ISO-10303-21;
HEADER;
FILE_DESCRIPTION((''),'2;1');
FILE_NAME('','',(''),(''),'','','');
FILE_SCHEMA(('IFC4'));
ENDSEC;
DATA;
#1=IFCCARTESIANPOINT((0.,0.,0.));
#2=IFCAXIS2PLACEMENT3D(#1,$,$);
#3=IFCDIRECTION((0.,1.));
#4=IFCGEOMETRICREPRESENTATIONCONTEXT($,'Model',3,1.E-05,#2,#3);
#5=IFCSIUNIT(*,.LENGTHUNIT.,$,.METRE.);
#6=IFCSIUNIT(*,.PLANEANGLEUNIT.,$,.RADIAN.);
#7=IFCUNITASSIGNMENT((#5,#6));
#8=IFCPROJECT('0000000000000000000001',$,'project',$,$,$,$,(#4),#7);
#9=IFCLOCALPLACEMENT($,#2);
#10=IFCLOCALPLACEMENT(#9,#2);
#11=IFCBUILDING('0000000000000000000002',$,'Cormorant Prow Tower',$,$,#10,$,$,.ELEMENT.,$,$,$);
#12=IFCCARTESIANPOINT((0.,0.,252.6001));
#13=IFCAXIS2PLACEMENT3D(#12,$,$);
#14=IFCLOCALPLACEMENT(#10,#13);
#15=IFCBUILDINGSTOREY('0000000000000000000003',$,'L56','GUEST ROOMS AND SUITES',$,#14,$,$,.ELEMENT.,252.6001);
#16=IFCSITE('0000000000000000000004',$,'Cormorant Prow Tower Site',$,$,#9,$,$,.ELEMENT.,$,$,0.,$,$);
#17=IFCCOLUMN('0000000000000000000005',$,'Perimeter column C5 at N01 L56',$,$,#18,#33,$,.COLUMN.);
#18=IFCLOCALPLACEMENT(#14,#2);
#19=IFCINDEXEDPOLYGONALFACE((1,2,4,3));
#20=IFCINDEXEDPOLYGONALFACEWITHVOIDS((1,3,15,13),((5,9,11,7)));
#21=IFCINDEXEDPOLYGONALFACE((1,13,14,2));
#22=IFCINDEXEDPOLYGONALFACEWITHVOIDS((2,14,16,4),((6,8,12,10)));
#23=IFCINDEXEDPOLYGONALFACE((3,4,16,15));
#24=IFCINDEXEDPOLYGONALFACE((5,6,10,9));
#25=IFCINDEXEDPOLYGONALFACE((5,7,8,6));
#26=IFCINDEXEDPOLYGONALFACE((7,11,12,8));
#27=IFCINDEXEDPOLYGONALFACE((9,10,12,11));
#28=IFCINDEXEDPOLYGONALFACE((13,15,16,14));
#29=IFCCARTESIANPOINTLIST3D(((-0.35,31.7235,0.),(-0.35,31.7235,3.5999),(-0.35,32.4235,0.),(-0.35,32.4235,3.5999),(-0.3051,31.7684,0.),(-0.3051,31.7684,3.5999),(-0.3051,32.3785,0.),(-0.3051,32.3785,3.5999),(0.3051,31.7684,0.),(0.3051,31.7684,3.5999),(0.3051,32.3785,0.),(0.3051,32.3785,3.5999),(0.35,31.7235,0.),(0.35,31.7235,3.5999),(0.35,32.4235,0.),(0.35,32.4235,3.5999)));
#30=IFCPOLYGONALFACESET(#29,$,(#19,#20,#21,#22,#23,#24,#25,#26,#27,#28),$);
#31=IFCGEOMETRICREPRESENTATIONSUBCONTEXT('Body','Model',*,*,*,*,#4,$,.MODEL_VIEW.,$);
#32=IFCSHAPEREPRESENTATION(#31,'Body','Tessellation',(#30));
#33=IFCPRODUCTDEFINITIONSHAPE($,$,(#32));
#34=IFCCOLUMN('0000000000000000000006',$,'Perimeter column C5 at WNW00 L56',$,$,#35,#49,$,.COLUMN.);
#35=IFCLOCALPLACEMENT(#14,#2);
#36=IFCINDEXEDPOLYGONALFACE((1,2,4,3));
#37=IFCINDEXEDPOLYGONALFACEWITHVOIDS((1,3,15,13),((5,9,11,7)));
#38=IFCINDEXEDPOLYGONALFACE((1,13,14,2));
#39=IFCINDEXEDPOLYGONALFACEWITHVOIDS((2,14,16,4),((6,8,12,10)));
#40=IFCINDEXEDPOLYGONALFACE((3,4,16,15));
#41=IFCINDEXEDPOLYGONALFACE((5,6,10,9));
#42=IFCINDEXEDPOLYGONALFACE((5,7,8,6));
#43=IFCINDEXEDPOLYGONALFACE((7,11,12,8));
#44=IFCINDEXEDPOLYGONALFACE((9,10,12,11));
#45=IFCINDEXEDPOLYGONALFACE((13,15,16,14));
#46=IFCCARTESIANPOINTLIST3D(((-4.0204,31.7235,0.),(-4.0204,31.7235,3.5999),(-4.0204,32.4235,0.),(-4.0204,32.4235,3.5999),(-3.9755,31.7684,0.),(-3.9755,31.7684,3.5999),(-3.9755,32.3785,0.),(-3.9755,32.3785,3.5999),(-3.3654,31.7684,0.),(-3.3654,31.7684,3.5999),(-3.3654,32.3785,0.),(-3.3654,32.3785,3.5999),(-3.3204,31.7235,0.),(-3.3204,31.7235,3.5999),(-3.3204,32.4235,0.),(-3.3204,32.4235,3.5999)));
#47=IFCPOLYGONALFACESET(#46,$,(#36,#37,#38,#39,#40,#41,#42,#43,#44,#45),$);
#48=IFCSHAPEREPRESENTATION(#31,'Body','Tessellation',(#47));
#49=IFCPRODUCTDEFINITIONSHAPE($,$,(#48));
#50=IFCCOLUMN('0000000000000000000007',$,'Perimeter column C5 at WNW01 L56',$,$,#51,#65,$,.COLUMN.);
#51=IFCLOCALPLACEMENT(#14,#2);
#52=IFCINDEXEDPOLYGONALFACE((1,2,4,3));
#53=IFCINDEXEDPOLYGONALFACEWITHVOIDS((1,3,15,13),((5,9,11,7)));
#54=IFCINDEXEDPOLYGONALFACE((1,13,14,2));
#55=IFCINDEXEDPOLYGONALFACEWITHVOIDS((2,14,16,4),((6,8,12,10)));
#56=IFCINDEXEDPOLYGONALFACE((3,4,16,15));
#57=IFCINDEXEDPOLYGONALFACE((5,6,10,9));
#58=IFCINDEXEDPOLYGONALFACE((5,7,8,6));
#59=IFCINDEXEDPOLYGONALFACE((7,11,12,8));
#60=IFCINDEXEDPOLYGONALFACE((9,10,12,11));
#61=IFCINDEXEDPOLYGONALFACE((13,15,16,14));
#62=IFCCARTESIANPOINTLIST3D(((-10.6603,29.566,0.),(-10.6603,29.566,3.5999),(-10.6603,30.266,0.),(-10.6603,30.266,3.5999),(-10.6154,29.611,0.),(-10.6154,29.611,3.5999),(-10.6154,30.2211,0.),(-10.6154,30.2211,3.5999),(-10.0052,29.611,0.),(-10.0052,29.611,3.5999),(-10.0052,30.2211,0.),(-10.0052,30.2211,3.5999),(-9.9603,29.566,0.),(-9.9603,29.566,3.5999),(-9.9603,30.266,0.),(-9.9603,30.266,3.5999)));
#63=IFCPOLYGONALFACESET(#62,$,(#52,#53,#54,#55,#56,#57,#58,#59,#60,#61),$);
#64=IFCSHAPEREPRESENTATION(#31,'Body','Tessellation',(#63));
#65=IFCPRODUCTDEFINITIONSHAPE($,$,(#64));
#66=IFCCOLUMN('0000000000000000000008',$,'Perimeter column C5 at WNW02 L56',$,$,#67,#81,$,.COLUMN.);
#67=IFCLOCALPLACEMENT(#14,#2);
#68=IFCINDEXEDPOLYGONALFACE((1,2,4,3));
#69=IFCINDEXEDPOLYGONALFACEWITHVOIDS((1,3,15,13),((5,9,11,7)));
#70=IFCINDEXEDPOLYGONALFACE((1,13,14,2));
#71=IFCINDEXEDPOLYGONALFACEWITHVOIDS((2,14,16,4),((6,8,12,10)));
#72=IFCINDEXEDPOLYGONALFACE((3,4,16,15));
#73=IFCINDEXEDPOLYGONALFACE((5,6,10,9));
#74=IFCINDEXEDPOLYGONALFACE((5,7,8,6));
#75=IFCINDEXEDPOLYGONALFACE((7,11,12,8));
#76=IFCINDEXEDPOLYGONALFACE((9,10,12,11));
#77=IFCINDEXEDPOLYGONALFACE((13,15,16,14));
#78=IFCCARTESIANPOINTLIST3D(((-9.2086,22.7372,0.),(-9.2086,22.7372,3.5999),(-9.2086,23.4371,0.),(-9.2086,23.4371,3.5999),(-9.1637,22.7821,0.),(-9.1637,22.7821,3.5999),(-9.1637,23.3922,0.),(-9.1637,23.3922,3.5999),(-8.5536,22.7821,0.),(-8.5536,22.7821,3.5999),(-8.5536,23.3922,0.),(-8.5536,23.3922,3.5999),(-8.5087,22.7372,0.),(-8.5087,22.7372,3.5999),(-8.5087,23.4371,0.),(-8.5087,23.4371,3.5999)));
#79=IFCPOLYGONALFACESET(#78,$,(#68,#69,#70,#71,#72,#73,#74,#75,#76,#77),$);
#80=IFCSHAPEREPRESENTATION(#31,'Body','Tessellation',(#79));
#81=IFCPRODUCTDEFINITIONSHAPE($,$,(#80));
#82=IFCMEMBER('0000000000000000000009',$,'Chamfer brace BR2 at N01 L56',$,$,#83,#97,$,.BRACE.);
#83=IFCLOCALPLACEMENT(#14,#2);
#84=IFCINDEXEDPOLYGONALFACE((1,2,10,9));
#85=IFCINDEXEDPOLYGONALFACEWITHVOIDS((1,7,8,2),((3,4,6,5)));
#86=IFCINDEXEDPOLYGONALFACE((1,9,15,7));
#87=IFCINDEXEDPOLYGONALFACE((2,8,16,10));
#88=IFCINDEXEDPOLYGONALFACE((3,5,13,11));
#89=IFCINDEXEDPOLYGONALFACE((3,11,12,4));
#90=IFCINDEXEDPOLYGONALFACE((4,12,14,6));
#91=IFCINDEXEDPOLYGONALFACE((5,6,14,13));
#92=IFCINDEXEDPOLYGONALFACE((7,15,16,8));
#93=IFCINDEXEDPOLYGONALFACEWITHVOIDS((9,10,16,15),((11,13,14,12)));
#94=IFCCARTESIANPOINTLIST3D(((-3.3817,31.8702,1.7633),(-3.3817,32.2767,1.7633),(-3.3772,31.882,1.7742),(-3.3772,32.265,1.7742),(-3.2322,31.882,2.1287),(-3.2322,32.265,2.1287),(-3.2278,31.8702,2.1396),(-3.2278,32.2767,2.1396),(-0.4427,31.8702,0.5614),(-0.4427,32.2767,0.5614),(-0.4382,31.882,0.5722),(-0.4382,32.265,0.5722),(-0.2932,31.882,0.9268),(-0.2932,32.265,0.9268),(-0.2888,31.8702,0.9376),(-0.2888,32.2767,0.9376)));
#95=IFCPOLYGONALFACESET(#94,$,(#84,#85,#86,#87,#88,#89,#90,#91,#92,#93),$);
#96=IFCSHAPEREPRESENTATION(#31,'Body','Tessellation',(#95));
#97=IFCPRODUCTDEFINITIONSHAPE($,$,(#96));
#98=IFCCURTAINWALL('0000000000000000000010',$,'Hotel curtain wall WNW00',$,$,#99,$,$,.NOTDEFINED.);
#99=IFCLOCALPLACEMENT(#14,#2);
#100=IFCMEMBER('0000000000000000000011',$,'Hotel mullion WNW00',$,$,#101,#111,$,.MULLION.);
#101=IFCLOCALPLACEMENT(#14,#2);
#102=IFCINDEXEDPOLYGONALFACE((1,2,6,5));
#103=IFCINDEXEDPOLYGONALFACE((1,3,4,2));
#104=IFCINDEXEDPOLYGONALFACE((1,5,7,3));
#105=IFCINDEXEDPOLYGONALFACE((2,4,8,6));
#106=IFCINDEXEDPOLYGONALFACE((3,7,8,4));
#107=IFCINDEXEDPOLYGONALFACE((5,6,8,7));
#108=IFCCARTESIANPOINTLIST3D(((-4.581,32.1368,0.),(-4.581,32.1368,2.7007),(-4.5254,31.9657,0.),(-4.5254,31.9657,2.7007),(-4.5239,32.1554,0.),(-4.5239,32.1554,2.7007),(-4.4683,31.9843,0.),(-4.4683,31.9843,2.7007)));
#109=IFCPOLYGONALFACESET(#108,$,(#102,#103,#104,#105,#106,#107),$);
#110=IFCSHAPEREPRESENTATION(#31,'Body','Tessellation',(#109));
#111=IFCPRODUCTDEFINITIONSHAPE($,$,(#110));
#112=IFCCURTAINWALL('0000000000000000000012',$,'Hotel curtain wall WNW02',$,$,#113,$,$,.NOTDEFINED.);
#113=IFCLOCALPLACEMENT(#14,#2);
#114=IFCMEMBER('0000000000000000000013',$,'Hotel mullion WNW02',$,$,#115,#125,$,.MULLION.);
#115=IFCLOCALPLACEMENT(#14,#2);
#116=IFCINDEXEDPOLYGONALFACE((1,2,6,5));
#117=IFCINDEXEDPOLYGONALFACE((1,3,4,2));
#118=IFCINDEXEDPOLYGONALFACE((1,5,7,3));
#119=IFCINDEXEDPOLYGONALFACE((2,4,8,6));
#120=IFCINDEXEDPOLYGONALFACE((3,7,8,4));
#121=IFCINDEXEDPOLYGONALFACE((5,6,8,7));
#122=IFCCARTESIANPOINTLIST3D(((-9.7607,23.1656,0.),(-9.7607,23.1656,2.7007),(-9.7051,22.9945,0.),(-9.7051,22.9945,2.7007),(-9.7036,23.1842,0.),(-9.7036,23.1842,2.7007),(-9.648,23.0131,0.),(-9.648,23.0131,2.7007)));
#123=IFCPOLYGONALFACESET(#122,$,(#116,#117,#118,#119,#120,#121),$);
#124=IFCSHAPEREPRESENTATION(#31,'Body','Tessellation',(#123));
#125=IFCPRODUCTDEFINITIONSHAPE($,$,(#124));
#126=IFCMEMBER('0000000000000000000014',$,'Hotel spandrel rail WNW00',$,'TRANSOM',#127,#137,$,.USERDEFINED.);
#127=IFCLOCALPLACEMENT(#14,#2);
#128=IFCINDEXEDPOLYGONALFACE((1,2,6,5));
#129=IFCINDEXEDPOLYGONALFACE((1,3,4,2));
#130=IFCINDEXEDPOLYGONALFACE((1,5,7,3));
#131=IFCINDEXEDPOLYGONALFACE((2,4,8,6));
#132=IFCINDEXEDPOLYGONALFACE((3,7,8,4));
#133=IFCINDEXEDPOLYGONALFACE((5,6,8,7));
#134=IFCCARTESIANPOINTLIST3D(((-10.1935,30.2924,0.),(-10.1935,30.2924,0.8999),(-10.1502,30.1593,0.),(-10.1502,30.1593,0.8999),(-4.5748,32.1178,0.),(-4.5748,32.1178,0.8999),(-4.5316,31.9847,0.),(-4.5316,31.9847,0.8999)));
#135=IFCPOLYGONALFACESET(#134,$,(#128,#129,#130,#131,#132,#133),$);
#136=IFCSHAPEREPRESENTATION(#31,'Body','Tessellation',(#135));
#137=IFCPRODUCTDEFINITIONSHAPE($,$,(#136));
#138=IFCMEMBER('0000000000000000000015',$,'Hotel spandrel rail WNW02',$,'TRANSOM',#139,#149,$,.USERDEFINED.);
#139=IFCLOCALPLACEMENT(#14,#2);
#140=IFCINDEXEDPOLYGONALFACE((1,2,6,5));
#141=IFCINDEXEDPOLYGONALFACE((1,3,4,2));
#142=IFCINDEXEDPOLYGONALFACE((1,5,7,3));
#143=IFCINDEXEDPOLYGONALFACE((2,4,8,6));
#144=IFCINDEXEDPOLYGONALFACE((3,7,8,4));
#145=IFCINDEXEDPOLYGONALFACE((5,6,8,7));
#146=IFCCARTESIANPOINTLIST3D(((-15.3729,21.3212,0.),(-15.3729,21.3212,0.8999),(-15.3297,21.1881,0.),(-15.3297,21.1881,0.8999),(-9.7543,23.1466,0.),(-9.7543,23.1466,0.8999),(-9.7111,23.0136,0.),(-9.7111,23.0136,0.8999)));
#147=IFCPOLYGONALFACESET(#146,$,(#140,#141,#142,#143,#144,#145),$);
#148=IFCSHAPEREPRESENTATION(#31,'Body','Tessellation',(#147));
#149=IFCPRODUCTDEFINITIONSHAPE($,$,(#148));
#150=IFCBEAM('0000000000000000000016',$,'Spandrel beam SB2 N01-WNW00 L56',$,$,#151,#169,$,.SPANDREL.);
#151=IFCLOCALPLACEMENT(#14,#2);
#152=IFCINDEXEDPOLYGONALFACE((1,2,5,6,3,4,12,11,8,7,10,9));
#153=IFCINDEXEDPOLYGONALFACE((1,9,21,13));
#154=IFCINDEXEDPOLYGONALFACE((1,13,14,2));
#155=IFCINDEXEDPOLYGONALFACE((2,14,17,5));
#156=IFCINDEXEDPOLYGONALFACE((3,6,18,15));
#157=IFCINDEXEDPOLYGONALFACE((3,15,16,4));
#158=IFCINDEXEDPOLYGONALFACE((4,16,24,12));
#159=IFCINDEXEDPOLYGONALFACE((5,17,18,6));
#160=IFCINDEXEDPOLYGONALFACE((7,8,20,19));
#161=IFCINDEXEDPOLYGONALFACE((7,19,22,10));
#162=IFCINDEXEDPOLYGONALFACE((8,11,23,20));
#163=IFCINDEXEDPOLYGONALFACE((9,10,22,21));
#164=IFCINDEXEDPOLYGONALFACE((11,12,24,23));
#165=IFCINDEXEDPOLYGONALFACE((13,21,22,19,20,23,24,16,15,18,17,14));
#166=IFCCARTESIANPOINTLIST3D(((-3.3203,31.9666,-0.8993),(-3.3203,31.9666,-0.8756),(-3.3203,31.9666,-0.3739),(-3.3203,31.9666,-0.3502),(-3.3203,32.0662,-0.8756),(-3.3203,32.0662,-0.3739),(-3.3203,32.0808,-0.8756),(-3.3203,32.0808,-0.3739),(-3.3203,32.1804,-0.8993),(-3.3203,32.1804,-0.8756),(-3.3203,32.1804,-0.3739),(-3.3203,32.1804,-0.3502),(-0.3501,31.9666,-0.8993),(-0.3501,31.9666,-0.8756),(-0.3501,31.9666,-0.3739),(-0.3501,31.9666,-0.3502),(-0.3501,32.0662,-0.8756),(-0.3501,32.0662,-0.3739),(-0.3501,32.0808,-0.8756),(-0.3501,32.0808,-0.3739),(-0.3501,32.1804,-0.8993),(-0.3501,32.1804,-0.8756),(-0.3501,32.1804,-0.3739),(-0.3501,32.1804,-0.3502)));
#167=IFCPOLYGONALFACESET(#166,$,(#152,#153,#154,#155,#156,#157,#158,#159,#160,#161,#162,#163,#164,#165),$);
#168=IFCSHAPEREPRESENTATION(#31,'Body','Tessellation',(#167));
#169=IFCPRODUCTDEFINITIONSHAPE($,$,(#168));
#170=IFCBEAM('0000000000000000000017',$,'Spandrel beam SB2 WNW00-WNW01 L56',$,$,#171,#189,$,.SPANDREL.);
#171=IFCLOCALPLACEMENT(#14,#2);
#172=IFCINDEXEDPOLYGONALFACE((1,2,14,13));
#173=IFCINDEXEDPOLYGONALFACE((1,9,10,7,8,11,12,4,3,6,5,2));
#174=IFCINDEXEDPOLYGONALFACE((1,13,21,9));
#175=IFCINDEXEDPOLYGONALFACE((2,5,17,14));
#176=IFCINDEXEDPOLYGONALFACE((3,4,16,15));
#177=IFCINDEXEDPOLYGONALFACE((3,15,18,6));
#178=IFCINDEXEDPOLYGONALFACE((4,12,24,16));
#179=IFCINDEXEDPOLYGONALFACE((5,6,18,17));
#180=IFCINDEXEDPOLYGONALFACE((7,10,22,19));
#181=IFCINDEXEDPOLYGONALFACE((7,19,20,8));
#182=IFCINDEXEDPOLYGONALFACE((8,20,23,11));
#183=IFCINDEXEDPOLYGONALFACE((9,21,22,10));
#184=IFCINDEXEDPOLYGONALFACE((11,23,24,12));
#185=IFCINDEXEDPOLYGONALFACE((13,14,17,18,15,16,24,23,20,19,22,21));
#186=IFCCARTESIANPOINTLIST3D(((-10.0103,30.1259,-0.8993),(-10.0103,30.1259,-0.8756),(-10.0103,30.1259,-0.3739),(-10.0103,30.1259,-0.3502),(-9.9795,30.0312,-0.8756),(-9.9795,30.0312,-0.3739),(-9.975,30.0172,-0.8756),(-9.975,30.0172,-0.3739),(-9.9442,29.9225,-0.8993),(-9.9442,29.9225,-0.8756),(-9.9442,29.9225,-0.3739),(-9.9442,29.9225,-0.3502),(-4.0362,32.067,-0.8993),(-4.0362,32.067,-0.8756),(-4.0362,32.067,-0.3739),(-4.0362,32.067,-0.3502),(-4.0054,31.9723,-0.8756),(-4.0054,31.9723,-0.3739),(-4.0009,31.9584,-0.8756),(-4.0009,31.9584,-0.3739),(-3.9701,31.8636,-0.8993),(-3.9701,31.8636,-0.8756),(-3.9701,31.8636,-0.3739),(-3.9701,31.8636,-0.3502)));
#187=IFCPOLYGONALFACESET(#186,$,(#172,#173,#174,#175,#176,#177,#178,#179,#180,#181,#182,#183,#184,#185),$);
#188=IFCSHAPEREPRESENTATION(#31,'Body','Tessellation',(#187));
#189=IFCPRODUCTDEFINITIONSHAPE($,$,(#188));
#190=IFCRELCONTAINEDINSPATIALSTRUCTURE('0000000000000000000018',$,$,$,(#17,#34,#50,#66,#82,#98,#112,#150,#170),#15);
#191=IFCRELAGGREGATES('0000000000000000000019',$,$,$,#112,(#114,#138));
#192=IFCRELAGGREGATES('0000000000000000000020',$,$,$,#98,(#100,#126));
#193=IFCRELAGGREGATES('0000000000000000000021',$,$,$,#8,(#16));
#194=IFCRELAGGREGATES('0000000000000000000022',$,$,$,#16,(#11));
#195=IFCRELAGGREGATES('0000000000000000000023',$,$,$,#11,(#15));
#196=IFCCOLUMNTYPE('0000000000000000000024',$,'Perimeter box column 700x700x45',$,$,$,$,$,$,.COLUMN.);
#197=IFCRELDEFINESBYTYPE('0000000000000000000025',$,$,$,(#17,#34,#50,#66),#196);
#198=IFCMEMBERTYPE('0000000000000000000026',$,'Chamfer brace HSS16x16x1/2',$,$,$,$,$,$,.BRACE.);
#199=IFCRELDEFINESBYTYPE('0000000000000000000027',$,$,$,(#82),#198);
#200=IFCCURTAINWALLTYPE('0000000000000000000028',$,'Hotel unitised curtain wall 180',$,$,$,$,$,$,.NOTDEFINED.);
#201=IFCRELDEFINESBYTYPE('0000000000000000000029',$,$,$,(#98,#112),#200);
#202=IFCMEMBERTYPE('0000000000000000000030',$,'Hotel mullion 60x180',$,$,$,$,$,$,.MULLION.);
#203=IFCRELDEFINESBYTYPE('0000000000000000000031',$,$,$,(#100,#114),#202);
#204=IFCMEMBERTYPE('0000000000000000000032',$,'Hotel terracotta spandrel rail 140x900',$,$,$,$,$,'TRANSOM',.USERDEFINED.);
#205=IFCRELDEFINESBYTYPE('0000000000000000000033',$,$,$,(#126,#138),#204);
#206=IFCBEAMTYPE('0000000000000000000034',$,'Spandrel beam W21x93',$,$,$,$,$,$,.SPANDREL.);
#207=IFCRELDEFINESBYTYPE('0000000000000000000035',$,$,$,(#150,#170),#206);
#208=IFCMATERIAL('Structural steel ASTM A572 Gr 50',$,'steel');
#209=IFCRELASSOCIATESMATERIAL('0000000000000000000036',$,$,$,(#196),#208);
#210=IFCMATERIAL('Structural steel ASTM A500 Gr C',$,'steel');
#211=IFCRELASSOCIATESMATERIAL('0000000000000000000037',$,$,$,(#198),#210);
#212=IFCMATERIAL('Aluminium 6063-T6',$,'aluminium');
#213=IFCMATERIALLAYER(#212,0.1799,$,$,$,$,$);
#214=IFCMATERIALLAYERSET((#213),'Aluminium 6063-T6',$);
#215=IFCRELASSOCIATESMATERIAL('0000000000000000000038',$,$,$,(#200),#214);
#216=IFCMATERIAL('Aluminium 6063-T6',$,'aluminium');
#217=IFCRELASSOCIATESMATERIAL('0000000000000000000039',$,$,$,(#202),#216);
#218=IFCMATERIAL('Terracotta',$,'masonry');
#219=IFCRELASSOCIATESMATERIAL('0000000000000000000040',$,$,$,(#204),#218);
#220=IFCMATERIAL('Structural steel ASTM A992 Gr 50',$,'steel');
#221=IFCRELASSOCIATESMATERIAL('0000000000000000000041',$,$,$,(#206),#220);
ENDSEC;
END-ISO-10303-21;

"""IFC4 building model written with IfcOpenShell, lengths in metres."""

from ifc_helpers import new_model, si_unit, direction, frame, origin, origin_2d, place, context, subcontext, project, spatial, rectangle, hollow_rectangle, i_section, extrude, material, layer, layer_set, material_profile, profile_set, type_object, element, aggregate, save


model = new_model("IFC4")

# Units and contexts
model_context = context("Model", 3, precision=1e-05, world=origin(), true_north=direction((0.0, 1.0)))
body_context = subcontext(model_context, "Body", "Model", "MODEL_VIEW")
ifc_project = project(units=[si_unit("LENGTHUNIT", "METRE"), si_unit("PLANEANGLEUNIT", "RADIAN")], contexts=[model_context])

# Site, building, storey
site_placement = place(None, origin())
site = spatial("IfcSite", under=ifc_project, at=site_placement, Name="Cormorant Prow Tower Site", CompositionType="ELEMENT", RefElevation=0.0)
building_placement = place(site_placement, origin())
building = spatial("IfcBuilding", under=site, at=building_placement, Name="Cormorant Prow Tower", CompositionType="ELEMENT")
storey_placement = place(building_placement, frame((0.0, 0.0, 252.6001)))
storey = spatial("IfcBuildingStorey", under=building, at=storey_placement, Name="L56", Description="GUEST ROOMS AND SUITES", CompositionType="ELEMENT", Elevation=252.6001)

# Columns
ifc_material_1 = material(Name="Structural steel ASTM A572 Gr 50", Category="steel")
ifc_material_profile_1 = material_profile(ifc_material_1, hollow_rectangle(XDim=0.7, YDim=0.7, WallThickness=0.0449, at=origin_2d()), Name="Box 700x700x45")
ifc_profile_set_1 = profile_set([ifc_material_profile_1], Name="Structural steel ASTM A572 Gr 50")
column_type = type_object("IfcColumnType", Name="Perimeter box column 700x700x45", PredefinedType="COLUMN", material=ifc_profile_set_1)
for number, where, z_axis, x_axis, name in (
    (1, (0.0, 32.0735, 0.0), (0.0, 0.0, 1.0), (1.0, 0.0, 0.0), "Perimeter column C5 at N01 L56"),
    (2, (-3.6704, 32.0735, 0.0), (0.0, 0.0, 1.0), (1.0, 0.0, 0.0), "Perimeter column C5 at WNW00 L56"),
    (3, (-10.3103, 29.916, 0.0), (0.0, 0.0, 1.0), (1.0, 0.0, 0.0), "Perimeter column C5 at WNW01 L56"),
    (4, (-8.8586, 23.0872, 0.0), (0.0, 0.0, 1.0), (1.0, 0.0, 0.0), "Perimeter column C5 at WNW02 L56"),
):
    element("IfcColumn", number, at=place(storey_placement, frame(where, z_axis=z_axis, x_axis=x_axis)), inside=storey, type_object=column_type, Name=name, PredefinedType="COLUMN", context=body_context, shape_type="SweptSolid", body=[
        extrude(hollow_rectangle(XDim=0.7, YDim=0.7, WallThickness=0.0449, at=origin_2d()), origin(), (0.0, 0.0, 1.0), 3.5999),
    ])

# Member
ifc_material_2 = material(Name="Structural steel ASTM A500 Gr C", Category="steel")
ifc_material_profile_2 = material_profile(ifc_material_2, hollow_rectangle(XDim=0.4065, YDim=0.4065, WallThickness=0.0117, at=origin_2d()), Name="HSS16x16x1/2")
ifc_profile_set_2 = profile_set([ifc_material_profile_2], Name="Structural steel ASTM A500 Gr C")
member_type_1 = type_object("IfcMemberType", Name="Chamfer brace HSS16x16x1/2", PredefinedType="BRACE", material=ifc_profile_set_2)
member_1_placement = place(storey_placement, frame((-0.3657, 32.0735, 0.7495), z_axis=(-0.925591, 0.0, 0.378525), x_axis=(0.0, -1.0, 0.0)))
element("IfcMember", 5, at=member_1_placement, inside=storey, type_object=member_type_1, Name="Chamfer brace BR2 at N01 L56", PredefinedType="BRACE", context=body_context, shape_type="SweptSolid", body=[
    extrude(hollow_rectangle(XDim=0.4065, YDim=0.4065, WallThickness=0.0117, at=origin_2d()), origin(), (0.0, 0.0, 1.0), 3.1753),
])

# Curtain walls, members
ifc_material_3 = material(Name="Aluminium 6063-T6", Category="aluminium")
ifc_layer_1 = layer(ifc_material_3, 0.1799)
ifc_layer_set_1 = layer_set([ifc_layer_1], Name="Aluminium 6063-T6")
curtain_wall_type = type_object("IfcCurtainWallType", Name="Hotel unitised curtain wall 180", PredefinedType="NOTDEFINED", material=ifc_layer_set_1)
curtain_wall_1_placement = place(storey_placement, origin())
curtain_wall_1 = element("IfcCurtainWall", 6, at=curtain_wall_1_placement, inside=storey, type_object=curtain_wall_type, Name="Hotel curtain wall WNW00", PredefinedType="NOTDEFINED")
ifc_material_4 = material(Name="Aluminium 6063-T6", Category="aluminium")
ifc_material_profile_3 = material_profile(ifc_material_4, rectangle(XDim=0.1799, YDim=0.0601, at=origin_2d()), Name="Hotel mullion 60x180")
ifc_profile_set_3 = profile_set([ifc_material_profile_3], Name="Aluminium 6063-T6")
member_type_2 = type_object("IfcMemberType", Name="Hotel mullion 60x180", PredefinedType="MULLION", material=ifc_profile_set_3)
member_2_placement = place(storey_placement, frame((-4.5247, 32.0605, 0.0), z_axis=(0.0, 0.0, 1.0), x_axis=(0.309017, -0.951057, 0.0)))
member_2 = element("IfcMember", 7, at=member_2_placement, type_object=member_type_2, Name="Hotel mullion WNW00", PredefinedType="MULLION", context=body_context, shape_type="SweptSolid", body=[
    extrude(rectangle(XDim=0.1799, YDim=0.0601, at=origin_2d()), origin(), (0.0, 0.0, 1.0), 2.7007),
])
curtain_wall_2_placement = place(storey_placement, origin())
curtain_wall_2 = element("IfcCurtainWall", 8, at=curtain_wall_2_placement, inside=storey, type_object=curtain_wall_type, Name="Hotel curtain wall WNW02", PredefinedType="NOTDEFINED")
member_3_placement = place(storey_placement, frame((-9.7043, 23.0894, 0.0), z_axis=(0.0, 0.0, 1.0), x_axis=(0.309017, -0.951057, 0.0)))
member_3 = element("IfcMember", 9, at=member_3_placement, type_object=member_type_2, Name="Hotel mullion WNW02", PredefinedType="MULLION", context=body_context, shape_type="SweptSolid", body=[
    extrude(rectangle(XDim=0.1799, YDim=0.0601, at=origin_2d()), origin(), (0.0, 0.0, 1.0), 2.7007),
])

# Members
ifc_material_5 = material(Name="Terracotta", Category="masonry")
ifc_material_profile_4 = material_profile(ifc_material_5, rectangle(XDim=0.1399, YDim=0.8999, at=origin_2d()), Name="Hotel terracotta spandrel rail 140x900")
ifc_profile_set_4 = profile_set([ifc_material_profile_4], Name="Terracotta")
member_type_3 = type_object("IfcMemberType", Name="Hotel terracotta spandrel rail 140x900", ElementType="TRANSOM", PredefinedType="USERDEFINED", material=ifc_profile_set_4)
member_4_placement = place(storey_placement, frame((-4.5532, 32.0513, 0.45), z_axis=(-0.951065, -0.308991, 0.0), x_axis=(0.308991, -0.951065, 0.0)))
member_4 = element("IfcMember", 10, at=member_4_placement, type_object=member_type_3, Name="Hotel spandrel rail WNW00", ObjectType="TRANSOM", PredefinedType="USERDEFINED", context=body_context, shape_type="SweptSolid", body=[
    extrude(rectangle(XDim=0.1399, YDim=0.8999, at=origin_2d()), origin(), (0.0, 0.0, 1.0), 5.9077),
])
member_5_placement = place(storey_placement, frame((-9.7327, 23.0801, 0.45), z_axis=(-0.951065, -0.308991, 0.0), x_axis=(0.308991, -0.951065, 0.0)))
member_5 = element("IfcMember", 11, at=member_5_placement, type_object=member_type_3, Name="Hotel spandrel rail WNW02", ObjectType="TRANSOM", PredefinedType="USERDEFINED", context=body_context, shape_type="SweptSolid", body=[
    extrude(rectangle(XDim=0.1399, YDim=0.8999, at=origin_2d()), origin(), (0.0, 0.0, 1.0), 5.9077),
])
aggregate(curtain_wall_2, [member_3, member_5])

# Beams
ifc_material_6 = material(Name="Structural steel ASTM A992 Gr 50", Category="steel")
ifc_material_profile_5 = material_profile(ifc_material_6, i_section(OverallWidth=0.2139, OverallDepth=0.5491, WebThickness=0.0146, FlangeThickness=0.0237, at=origin_2d()), Name="W21x93")
ifc_profile_set_5 = profile_set([ifc_material_profile_5], Name="Structural steel ASTM A992 Gr 50")
beam_type = type_object("IfcBeamType", Name="Spandrel beam W21x93", PredefinedType="SPANDREL", material=ifc_profile_set_5)
beam_placement = place(storey_placement, frame((-0.3501, 32.0735, -0.6248), z_axis=(-1.0, 0.0, 0.0), x_axis=(0.0, -1.0, 0.0)))
element("IfcBeam", 12, at=beam_placement, inside=storey, type_object=beam_type, Name="Spandrel beam SB2 N01-WNW00 L56", PredefinedType="SPANDREL", context=body_context, shape_type="SweptSolid", body=[
    extrude(i_section(OverallWidth=0.2139, OverallDepth=0.5491, WebThickness=0.0146, FlangeThickness=0.0237, at=origin_2d()), origin(), (0.0, 0.0, 1.0), 2.9702),
])
for number, where, z_axis, x_axis, name in (
    (13, (-4.0032, 31.9653, -0.6248), (-0.951054, -0.309025, 0.0), (0.309025, -0.951054, 0.0), "Spandrel beam SB2 WNW00-WNW01 L56"),
):
    element("IfcBeam", number, at=place(storey_placement, frame(where, z_axis=z_axis, x_axis=x_axis)), inside=storey, type_object=beam_type, Name=name, PredefinedType="SPANDREL", context=body_context, shape_type="SweptSolid", body=[
        extrude(i_section(OverallWidth=0.2139, OverallDepth=0.5491, WebThickness=0.0146, FlangeThickness=0.0237, at=origin_2d()), origin(), (0.0, 0.0, 1.0), 6.2815),
    ])

aggregate(curtain_wall_1, [member_2, member_4])

save(model, "model.ifc")
